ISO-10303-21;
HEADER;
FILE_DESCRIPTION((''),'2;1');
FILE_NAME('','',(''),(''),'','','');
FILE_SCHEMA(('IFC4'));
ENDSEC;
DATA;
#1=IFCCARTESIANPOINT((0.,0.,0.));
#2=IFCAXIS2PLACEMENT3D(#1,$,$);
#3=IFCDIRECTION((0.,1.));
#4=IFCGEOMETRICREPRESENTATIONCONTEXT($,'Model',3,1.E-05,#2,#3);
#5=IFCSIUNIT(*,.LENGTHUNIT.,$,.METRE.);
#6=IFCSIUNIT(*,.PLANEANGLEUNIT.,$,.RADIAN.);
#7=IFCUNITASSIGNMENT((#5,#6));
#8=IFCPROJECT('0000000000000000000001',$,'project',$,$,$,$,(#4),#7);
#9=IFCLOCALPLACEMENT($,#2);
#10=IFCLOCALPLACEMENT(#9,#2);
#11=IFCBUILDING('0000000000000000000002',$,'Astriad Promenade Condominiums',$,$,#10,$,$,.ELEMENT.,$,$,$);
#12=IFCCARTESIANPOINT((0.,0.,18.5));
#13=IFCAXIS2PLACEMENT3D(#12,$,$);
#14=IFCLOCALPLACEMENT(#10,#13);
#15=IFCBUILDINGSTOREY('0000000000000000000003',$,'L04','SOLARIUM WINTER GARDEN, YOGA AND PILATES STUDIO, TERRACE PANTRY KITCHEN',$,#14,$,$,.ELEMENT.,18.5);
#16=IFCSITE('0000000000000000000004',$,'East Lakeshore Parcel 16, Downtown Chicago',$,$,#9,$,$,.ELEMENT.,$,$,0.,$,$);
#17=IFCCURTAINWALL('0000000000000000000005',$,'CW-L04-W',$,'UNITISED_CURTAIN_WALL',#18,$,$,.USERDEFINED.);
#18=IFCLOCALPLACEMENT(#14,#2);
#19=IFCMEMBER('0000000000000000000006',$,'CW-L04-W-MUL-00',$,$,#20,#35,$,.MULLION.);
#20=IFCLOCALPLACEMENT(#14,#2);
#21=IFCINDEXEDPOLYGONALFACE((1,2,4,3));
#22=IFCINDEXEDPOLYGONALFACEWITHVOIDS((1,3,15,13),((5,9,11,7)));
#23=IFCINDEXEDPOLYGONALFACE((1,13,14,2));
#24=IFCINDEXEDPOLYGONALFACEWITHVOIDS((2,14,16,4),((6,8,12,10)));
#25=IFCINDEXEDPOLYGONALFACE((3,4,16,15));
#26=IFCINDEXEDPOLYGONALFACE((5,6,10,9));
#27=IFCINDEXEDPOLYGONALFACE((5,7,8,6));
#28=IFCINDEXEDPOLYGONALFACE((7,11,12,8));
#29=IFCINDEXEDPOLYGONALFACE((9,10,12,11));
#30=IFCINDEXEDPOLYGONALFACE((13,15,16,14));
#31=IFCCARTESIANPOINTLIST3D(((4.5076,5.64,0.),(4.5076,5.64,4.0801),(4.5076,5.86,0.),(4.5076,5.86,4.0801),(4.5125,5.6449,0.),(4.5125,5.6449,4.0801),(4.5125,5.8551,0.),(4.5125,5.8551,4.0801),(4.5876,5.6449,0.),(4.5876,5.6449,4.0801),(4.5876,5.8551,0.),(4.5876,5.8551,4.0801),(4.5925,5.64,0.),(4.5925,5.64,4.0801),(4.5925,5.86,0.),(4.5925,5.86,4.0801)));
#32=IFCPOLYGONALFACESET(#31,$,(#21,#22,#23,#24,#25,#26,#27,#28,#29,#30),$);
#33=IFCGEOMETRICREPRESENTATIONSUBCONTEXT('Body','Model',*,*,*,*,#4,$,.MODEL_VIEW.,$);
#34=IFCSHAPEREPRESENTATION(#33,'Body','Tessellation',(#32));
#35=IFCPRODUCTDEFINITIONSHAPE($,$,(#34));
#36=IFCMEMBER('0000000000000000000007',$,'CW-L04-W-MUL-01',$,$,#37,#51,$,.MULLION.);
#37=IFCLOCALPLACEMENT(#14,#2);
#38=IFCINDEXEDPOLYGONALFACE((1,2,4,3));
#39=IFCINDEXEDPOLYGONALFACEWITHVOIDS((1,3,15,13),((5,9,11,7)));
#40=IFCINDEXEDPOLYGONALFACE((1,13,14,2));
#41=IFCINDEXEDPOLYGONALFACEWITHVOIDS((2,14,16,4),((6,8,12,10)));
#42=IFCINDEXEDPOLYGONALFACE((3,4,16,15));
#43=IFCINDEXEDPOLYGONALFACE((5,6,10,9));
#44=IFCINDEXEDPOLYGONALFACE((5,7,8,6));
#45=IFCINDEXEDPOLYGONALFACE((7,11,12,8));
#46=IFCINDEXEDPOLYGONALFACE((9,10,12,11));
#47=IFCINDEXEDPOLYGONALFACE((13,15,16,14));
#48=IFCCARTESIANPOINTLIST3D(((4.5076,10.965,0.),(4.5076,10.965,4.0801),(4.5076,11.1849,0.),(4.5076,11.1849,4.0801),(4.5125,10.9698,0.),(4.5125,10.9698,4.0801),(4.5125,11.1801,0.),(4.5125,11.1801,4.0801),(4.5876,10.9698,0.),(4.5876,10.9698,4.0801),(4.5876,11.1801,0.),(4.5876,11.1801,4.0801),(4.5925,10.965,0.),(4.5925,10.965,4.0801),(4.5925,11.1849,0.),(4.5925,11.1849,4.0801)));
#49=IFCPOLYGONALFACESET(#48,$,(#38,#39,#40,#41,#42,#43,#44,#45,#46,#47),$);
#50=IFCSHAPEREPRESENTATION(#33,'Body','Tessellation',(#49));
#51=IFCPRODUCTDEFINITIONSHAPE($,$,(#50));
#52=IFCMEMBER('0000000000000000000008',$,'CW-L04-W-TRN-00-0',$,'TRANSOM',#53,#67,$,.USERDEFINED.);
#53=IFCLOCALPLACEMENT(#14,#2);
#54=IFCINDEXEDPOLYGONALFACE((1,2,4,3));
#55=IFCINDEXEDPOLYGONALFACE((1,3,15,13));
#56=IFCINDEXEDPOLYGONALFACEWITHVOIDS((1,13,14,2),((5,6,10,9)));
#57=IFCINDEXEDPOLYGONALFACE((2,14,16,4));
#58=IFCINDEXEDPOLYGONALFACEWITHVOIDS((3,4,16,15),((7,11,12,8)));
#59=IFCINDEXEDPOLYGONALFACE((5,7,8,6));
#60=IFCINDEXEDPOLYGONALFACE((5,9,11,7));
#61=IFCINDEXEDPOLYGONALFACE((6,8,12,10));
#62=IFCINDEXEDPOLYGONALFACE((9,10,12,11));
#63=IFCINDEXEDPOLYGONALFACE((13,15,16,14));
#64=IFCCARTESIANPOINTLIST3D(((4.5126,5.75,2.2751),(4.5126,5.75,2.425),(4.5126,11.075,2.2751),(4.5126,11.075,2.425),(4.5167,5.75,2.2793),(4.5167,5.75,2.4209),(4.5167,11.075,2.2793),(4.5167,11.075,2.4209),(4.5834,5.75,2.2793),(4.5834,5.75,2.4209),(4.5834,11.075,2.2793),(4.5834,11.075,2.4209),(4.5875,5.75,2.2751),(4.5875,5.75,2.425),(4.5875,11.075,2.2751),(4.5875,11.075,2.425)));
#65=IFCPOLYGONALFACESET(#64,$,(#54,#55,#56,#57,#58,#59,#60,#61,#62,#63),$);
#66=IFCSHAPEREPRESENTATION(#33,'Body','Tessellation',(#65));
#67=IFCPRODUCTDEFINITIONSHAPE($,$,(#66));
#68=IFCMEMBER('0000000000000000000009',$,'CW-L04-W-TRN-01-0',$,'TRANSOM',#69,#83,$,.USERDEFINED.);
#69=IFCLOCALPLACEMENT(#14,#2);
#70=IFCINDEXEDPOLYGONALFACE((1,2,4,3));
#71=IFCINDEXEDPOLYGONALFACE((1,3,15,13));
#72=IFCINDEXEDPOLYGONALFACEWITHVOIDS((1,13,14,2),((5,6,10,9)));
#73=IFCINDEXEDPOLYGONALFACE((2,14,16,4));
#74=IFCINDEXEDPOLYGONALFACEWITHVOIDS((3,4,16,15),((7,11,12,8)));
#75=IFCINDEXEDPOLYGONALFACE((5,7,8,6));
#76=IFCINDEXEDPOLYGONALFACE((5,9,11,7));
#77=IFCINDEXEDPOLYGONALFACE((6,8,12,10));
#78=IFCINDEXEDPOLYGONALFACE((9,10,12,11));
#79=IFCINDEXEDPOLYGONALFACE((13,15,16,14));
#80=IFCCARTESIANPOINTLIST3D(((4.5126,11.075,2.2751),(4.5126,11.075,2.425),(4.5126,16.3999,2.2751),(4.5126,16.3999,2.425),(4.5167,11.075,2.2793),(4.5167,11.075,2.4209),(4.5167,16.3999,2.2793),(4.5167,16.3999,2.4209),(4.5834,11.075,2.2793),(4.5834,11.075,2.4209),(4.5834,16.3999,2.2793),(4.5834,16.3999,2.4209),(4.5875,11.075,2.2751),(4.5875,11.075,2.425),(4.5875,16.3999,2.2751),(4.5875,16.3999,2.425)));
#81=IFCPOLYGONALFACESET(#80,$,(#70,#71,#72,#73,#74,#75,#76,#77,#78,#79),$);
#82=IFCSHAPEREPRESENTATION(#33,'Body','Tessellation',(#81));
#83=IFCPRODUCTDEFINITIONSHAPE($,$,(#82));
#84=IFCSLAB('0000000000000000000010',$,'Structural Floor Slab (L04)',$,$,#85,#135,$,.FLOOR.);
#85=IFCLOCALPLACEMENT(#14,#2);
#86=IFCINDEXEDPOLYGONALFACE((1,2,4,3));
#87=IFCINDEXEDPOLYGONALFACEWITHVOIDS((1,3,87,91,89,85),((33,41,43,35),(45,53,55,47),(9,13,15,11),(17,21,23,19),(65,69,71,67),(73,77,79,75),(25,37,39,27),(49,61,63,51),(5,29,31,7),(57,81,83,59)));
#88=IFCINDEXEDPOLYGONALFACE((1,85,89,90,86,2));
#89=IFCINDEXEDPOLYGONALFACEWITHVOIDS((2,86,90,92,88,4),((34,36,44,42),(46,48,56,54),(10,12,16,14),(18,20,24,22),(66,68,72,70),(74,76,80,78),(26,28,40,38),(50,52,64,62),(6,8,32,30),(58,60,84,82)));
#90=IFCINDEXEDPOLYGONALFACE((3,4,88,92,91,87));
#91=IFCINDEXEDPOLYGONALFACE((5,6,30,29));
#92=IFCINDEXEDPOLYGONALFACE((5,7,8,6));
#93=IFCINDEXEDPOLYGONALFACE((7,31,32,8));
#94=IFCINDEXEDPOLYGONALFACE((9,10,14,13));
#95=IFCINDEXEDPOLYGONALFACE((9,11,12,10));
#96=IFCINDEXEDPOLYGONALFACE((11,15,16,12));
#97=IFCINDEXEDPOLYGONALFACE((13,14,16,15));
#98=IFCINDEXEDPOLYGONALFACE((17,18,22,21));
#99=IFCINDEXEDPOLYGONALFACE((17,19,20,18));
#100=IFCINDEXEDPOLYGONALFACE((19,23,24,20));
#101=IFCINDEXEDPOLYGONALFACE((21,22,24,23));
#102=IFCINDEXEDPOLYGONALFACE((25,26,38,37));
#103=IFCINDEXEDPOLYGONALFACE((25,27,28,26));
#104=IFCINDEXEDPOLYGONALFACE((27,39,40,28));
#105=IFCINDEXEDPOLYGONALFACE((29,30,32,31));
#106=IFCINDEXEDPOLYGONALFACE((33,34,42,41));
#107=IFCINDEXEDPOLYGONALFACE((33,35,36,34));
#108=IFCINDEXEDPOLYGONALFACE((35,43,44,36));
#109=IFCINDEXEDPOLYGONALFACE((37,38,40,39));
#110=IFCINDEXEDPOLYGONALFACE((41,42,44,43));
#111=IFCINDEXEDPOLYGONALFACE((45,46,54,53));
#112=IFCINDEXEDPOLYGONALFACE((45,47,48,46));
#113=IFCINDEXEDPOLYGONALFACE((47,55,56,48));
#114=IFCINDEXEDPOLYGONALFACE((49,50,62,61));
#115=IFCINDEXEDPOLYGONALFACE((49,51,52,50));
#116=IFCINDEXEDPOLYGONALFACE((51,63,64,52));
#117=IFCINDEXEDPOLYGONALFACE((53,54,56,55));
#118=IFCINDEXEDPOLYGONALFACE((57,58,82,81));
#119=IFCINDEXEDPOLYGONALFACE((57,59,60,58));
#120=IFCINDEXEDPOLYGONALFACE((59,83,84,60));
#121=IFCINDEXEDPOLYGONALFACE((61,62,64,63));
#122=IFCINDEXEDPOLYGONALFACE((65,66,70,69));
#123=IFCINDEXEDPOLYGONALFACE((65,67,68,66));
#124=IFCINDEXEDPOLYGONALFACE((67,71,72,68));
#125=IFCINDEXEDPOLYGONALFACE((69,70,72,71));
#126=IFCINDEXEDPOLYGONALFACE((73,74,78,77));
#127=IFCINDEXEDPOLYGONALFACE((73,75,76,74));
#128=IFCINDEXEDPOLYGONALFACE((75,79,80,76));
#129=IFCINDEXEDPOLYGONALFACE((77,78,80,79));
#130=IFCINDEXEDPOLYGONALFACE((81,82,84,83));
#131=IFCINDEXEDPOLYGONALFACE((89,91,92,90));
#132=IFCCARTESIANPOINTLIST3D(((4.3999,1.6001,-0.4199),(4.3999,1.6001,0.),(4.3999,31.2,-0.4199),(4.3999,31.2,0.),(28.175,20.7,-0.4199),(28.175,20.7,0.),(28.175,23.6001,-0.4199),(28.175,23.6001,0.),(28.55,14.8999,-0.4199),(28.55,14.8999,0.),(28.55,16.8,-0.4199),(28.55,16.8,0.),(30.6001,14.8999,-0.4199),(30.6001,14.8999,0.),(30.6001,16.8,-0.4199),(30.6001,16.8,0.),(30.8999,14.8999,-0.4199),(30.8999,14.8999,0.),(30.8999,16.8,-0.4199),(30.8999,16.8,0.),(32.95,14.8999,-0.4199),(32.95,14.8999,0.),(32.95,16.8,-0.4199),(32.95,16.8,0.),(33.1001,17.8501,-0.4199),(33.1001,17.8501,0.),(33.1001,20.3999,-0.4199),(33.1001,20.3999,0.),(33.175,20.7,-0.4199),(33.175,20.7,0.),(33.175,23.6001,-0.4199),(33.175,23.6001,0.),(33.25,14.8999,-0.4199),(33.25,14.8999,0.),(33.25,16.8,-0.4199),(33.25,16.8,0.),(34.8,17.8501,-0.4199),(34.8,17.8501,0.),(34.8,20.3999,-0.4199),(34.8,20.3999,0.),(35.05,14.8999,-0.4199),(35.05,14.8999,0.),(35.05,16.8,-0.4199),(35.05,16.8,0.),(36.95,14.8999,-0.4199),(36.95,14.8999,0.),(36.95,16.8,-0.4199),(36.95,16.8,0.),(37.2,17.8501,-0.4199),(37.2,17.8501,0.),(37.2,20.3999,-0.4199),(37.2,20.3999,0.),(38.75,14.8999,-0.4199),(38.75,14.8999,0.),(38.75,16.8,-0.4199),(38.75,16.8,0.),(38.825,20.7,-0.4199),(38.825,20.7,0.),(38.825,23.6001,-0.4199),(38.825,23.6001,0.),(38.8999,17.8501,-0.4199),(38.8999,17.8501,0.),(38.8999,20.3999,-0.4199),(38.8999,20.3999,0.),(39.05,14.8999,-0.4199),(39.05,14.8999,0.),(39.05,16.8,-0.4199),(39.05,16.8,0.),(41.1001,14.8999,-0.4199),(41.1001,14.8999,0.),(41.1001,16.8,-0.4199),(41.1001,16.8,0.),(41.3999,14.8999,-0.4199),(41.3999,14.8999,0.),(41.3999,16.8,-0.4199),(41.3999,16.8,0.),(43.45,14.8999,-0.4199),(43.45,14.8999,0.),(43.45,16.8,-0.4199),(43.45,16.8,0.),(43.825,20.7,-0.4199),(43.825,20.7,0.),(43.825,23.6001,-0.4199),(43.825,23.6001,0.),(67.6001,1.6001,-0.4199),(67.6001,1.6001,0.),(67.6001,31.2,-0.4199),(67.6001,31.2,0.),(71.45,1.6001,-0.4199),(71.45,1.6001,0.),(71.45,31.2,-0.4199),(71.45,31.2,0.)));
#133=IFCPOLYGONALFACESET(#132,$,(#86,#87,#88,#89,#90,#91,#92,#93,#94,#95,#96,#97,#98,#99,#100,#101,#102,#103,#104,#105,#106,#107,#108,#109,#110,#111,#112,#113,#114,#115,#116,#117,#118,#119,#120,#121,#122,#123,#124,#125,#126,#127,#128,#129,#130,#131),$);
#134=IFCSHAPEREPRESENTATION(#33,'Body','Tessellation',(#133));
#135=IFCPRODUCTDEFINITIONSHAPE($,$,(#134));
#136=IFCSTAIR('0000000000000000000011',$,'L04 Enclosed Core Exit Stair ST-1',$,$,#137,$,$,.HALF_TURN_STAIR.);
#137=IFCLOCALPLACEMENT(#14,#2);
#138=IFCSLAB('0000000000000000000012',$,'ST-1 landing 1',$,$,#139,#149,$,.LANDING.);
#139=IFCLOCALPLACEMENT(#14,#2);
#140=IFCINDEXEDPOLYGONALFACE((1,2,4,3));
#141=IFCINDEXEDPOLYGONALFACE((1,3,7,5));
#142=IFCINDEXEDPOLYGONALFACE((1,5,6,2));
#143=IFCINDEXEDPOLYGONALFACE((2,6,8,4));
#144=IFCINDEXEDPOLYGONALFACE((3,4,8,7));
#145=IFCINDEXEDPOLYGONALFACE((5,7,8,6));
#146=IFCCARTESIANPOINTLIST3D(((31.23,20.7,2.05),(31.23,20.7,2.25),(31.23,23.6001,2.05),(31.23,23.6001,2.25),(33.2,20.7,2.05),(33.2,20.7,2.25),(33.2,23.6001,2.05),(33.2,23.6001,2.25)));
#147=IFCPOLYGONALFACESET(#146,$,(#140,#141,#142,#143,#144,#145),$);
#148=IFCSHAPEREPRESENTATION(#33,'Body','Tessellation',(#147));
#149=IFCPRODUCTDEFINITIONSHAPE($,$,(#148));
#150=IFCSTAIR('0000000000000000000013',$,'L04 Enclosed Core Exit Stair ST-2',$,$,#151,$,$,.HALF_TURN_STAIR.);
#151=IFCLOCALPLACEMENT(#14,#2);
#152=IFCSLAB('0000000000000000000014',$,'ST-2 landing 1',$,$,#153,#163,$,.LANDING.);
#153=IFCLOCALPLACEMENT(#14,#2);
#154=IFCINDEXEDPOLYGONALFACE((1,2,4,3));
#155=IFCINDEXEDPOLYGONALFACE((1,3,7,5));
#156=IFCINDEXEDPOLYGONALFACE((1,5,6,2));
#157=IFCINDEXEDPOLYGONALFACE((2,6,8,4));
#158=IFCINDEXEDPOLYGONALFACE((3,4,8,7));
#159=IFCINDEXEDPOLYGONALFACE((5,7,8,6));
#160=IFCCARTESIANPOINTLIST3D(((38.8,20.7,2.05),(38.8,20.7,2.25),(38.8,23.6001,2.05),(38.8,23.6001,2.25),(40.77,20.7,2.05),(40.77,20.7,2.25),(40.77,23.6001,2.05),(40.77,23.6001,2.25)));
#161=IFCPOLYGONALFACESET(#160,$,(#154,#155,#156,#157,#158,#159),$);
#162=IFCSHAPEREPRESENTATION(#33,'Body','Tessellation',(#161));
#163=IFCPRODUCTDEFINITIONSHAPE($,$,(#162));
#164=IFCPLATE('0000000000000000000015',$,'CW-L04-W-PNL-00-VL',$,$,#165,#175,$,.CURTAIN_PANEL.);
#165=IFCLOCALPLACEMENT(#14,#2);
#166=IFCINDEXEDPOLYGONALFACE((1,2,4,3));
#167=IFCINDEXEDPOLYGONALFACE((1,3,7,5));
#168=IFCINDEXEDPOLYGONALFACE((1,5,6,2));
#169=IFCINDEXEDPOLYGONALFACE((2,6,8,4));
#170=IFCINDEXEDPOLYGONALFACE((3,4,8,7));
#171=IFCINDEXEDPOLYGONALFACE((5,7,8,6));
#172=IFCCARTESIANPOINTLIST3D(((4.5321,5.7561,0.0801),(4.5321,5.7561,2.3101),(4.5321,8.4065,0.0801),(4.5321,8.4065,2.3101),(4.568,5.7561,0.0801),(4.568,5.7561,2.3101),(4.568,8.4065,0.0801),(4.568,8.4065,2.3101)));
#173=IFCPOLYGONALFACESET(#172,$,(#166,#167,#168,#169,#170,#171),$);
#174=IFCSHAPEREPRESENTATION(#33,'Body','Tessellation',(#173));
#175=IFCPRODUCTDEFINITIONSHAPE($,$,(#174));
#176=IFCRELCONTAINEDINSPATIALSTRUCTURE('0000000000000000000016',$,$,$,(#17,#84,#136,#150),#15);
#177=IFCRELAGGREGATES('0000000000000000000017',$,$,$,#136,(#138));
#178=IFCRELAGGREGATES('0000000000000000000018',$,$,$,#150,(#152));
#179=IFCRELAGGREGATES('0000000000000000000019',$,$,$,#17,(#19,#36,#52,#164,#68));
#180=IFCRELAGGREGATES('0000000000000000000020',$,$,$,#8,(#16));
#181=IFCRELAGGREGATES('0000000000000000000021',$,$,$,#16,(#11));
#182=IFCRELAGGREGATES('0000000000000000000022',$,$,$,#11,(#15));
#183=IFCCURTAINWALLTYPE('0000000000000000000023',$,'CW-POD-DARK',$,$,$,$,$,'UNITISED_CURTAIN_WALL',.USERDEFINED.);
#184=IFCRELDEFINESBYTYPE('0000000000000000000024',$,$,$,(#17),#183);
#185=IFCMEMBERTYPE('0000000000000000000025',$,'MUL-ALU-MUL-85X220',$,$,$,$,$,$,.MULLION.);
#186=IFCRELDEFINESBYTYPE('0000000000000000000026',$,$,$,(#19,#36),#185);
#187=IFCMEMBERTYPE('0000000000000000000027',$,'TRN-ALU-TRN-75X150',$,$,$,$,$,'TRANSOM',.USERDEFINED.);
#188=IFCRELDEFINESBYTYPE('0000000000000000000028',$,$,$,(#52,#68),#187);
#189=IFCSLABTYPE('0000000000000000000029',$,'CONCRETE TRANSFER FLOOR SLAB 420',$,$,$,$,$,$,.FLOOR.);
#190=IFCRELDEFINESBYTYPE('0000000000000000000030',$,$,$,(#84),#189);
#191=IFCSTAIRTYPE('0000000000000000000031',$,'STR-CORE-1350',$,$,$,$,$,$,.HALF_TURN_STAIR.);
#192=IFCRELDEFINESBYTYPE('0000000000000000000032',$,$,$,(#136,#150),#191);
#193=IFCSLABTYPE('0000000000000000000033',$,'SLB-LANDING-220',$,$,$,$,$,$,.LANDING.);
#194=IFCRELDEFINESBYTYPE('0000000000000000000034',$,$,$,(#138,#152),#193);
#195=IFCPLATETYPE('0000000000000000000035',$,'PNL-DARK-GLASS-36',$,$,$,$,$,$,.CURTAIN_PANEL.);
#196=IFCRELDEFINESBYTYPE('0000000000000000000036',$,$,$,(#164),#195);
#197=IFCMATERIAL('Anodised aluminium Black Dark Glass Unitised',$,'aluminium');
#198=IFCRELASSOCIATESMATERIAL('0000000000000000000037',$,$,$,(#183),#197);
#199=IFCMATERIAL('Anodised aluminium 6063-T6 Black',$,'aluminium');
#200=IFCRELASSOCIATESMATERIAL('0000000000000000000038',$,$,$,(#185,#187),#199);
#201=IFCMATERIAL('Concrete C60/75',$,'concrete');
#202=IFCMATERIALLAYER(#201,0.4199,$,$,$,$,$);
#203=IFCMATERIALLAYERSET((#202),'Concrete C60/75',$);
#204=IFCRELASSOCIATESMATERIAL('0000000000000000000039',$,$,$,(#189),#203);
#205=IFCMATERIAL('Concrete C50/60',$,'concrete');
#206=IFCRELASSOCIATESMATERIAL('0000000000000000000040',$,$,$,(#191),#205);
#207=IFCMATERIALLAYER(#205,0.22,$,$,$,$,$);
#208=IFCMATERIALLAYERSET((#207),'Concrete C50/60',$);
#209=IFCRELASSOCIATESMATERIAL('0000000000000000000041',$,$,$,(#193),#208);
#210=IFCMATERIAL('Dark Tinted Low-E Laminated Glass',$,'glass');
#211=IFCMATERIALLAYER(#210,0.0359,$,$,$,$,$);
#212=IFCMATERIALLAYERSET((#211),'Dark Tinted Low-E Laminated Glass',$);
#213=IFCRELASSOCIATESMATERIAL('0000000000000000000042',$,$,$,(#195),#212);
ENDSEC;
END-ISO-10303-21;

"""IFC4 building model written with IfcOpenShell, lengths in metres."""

from ifc_helpers import new_model, si_unit, direction, frame, origin, origin_2d, place, context, subcontext, project, spatial, polyline, rectangle, hollow_rectangle, outline, extrude, source, transform, mapped, material, layer, layer_set, material_profile, profile_set, type_object, type_shapes, element, aggregate, save


model = new_model("IFC4")

# Units and contexts
model_context = context("Model", 3, precision=1e-05, world=origin(), true_north=direction((0.0, 1.0)))
body_context = subcontext(model_context, "Body", "Model", "MODEL_VIEW")
ifc_project = project(units=[si_unit("LENGTHUNIT", "METRE"), si_unit("PLANEANGLEUNIT", "RADIAN")], contexts=[model_context])

# Site, building, storey
site_placement = place(None, origin())
site = spatial("IfcSite", under=ifc_project, at=site_placement, Name="East Lakeshore Parcel 16, Downtown Chicago", CompositionType="ELEMENT", RefElevation=0.0)
building_placement = place(site_placement, origin())
building = spatial("IfcBuilding", under=site, at=building_placement, Name="Astriad Promenade Condominiums", CompositionType="ELEMENT")
storey_placement = place(building_placement, frame((0.0, 0.0, 18.5)))
storey = spatial("IfcBuildingStorey", under=building, at=storey_placement, Name="L04", Description="SOLARIUM WINTER GARDEN, YOGA AND PILATES STUDIO, TERRACE PANTRY KITCHEN", CompositionType="ELEMENT", Elevation=18.5)

# Curtain wall, members
ifc_material_1 = material(Name="Anodised aluminium Black Dark Glass Unitised", Category="aluminium")
curtain_wall_type = type_object("IfcCurtainWallType", Name="CW-POD-DARK", ElementType="UNITISED_CURTAIN_WALL", PredefinedType="USERDEFINED", material=ifc_material_1)
curtain_wall_placement = place(storey_placement, origin())
curtain_wall = element("IfcCurtainWall", 1, at=curtain_wall_placement, inside=storey, type_object=curtain_wall_type, Name="CW-L04-W", ObjectType="UNITISED_CURTAIN_WALL", PredefinedType="USERDEFINED")
ifc_material_2 = material(Name="Anodised aluminium 6063-T6 Black", Category="aluminium")
ifc_material_profile_1 = material_profile(ifc_material_2, hollow_rectangle(XDim=0.085, YDim=0.22, WallThickness=0.0049, at=origin_2d()), Name="ALU-MUL-85X220")
ifc_profile_set_1 = profile_set([ifc_material_profile_1], Name="Anodised aluminium 6063-T6 Black")
member_type_1 = type_object("IfcMemberType", Name="MUL-ALU-MUL-85X220", PredefinedType="MULLION", material=ifc_profile_set_1)
shared_shape_1 = source(origin(), body_context, "Body", "SweptSolid", [
    extrude(hollow_rectangle(XDim=0.085, YDim=0.22, WallThickness=0.0049, at=origin_2d()), origin(), (0.0, 0.0, 1.0), 4.0801),
])
type_shapes(member_type_1, [shared_shape_1])
member_1_placement = place(storey_placement, frame((4.55, 5.75, 0.0), z_axis=(0.0, 0.0, 1.0), x_axis=(1.0, 0.0, 0.0)))
member_1 = element("IfcMember", 2, at=member_1_placement, type_object=member_type_1, Name="CW-L04-W-MUL-00", PredefinedType="MULLION", context=body_context, shape_type="MappedRepresentation", body=[
    mapped(shared_shape_1, transform((0.0, 0.0, 0.0), scale=1.0)),
])
member_2_placement = place(storey_placement, frame((4.55, 11.075, 0.0), z_axis=(0.0, 0.0, 1.0), x_axis=(1.0, 0.0, 0.0)))
member_2 = element("IfcMember", 3, at=member_2_placement, type_object=member_type_1, Name="CW-L04-W-MUL-01", PredefinedType="MULLION", context=body_context, shape_type="MappedRepresentation", body=[
    mapped(shared_shape_1, transform((0.0, 0.0, 0.0), scale=1.0)),
])
ifc_material_profile_2 = material_profile(ifc_material_2, hollow_rectangle(XDim=0.075, YDim=0.1499, WallThickness=0.0042, at=origin_2d()), Name="ALU-TRN-75X150")
ifc_profile_set_2 = profile_set([ifc_material_profile_2], Name="Anodised aluminium 6063-T6 Black")
member_type_2 = type_object("IfcMemberType", Name="TRN-ALU-TRN-75X150", ElementType="TRANSOM", PredefinedType="USERDEFINED", material=ifc_profile_set_2)
shared_shape_2 = source(origin(), body_context, "Body", "SweptSolid", [
    extrude(hollow_rectangle(XDim=0.075, YDim=0.1499, WallThickness=0.0042, at=origin_2d()), origin(), (0.0, 0.0, 1.0), 5.325),
])
type_shapes(member_type_2, [shared_shape_2])
member_3_placement = place(storey_placement, frame((4.55, 5.75, 2.3501), z_axis=(0.0, 1.0, 0.0), x_axis=(-1.0, 0.0, 0.0)))
member_3 = element("IfcMember", 4, at=member_3_placement, type_object=member_type_2, Name="CW-L04-W-TRN-00-0", ObjectType="TRANSOM", PredefinedType="USERDEFINED", context=body_context, shape_type="MappedRepresentation", body=[
    mapped(shared_shape_2, transform((0.0, 0.0, 0.0), scale=1.0)),
])
member_4_placement = place(storey_placement, frame((4.55, 11.075, 2.3501), z_axis=(0.0, 1.0, 0.0), x_axis=(-1.0, 0.0, 0.0)))
member_4 = element("IfcMember", 5, at=member_4_placement, type_object=member_type_2, Name="CW-L04-W-TRN-01-0", ObjectType="TRANSOM", PredefinedType="USERDEFINED", context=body_context, shape_type="MappedRepresentation", body=[
    mapped(shared_shape_2, transform((0.0, 0.0, 0.0), scale=1.0)),
])

# Slab
ifc_material_3 = material(Name="Concrete C60/75", Category="concrete")
ifc_layer_1 = layer(ifc_material_3, 0.4199)
ifc_layer_set_1 = layer_set([ifc_layer_1], Name="Concrete C60/75")
slab_type_1 = type_object("IfcSlabType", Name="CONCRETE TRANSFER FLOOR SLAB 420", PredefinedType="FLOOR", material=ifc_layer_set_1)
slab_1_placement = place(storey_placement, frame((0.0, 0.0, -0.4199)))
element("IfcSlab", 6, at=slab_1_placement, inside=storey, type_object=slab_type_1, Name="Structural Floor Slab (L04)", PredefinedType="FLOOR", context=body_context, shape_type="SweptSolid", body=[
    extrude(outline(polyline([(67.6001, 1.6001), (71.45, 1.6001), (71.45, 31.2), (67.6001, 31.2), (4.3999, 31.2), (4.3999, 1.6001), (67.6001, 1.6001)]), holes=[polyline([(28.175, 20.7), (33.175, 20.7), (33.175, 23.6001), (28.175, 23.6001), (28.175, 20.7)]), polyline([(38.825, 20.7), (43.825, 20.7), (43.825, 23.6001), (38.825, 23.6001), (38.825, 20.7)]), polyline([(33.1001, 17.8501), (34.8, 17.8501), (34.8, 20.3999), (33.1001, 20.3999), (33.1001, 17.8501)]), polyline([(37.2, 17.8501), (38.8999, 17.8501), (38.8999, 20.3999), (37.2, 20.3999), (37.2, 17.8501)]), polyline([(28.55, 14.8999), (30.6001, 14.8999), (30.6001, 16.8), (28.55, 16.8), (28.55, 14.8999)]), polyline([(30.8999, 14.8999), (32.95, 14.8999), (32.95, 16.8), (30.8999, 16.8), (30.8999, 14.8999)]), polyline([(33.25, 14.8999), (35.05, 14.8999), (35.05, 16.8), (33.25, 16.8), (33.25, 14.8999)]), polyline([(36.95, 14.8999), (38.75, 14.8999), (38.75, 16.8), (36.95, 16.8), (36.95, 14.8999)]), polyline([(39.05, 14.8999), (41.1001, 14.8999), (41.1001, 16.8), (39.05, 16.8), (39.05, 14.8999)]), polyline([(41.3999, 14.8999), (43.45, 14.8999), (43.45, 16.8), (41.3999, 16.8), (41.3999, 14.8999)])]), origin(), (0.0, 0.0, 1.0), 0.4199),
])

# Stairs, slabs
ifc_material_4 = material(Name="Concrete C50/60", Category="concrete")
stair_type = type_object("IfcStairType", Name="STR-CORE-1350", PredefinedType="HALF_TURN_STAIR", material=ifc_material_4)
stair_1_placement = place(storey_placement, origin())
stair_1 = element("IfcStair", 7, at=stair_1_placement, inside=storey, type_object=stair_type, Name="L04 Enclosed Core Exit Stair ST-1", PredefinedType="HALF_TURN_STAIR")
ifc_layer_2 = layer(ifc_material_4, 0.22)
ifc_layer_set_2 = layer_set([ifc_layer_2], Name="Concrete C50/60")
slab_type_2 = type_object("IfcSlabType", Name="SLB-LANDING-220", PredefinedType="LANDING", material=ifc_layer_set_2)
slab_2_placement = place(storey_placement, frame((0.0, 0.0, 2.05)))
slab_2 = element("IfcSlab", 8, at=slab_2_placement, type_object=slab_type_2, Name="ST-1 landing 1", PredefinedType="LANDING", context=body_context, shape_type="SweptSolid", body=[
    extrude(outline(polyline([(31.23, 20.7), (33.2, 20.7), (33.2, 23.6001), (31.23, 23.6001), (31.23, 20.7)])), origin(), (0.0, 0.0, 1.0), 0.2),
])
aggregate(stair_1, [slab_2])
stair_2_placement = place(storey_placement, origin())
stair_2 = element("IfcStair", 9, at=stair_2_placement, inside=storey, type_object=stair_type, Name="L04 Enclosed Core Exit Stair ST-2", PredefinedType="HALF_TURN_STAIR")
slab_3_placement = place(storey_placement, frame((0.0, 0.0, 2.05)))
slab_3 = element("IfcSlab", 10, at=slab_3_placement, type_object=slab_type_2, Name="ST-2 landing 1", PredefinedType="LANDING", context=body_context, shape_type="SweptSolid", body=[
    extrude(outline(polyline([(40.77, 23.6001), (38.8, 23.6001), (38.8, 20.7), (40.77, 20.7), (40.77, 23.6001)])), origin(), (0.0, 0.0, 1.0), 0.2),
])
aggregate(stair_2, [slab_3])

# Plate
ifc_material_5 = material(Name="Dark Tinted Low-E Laminated Glass", Category="glass")
ifc_layer_3 = layer(ifc_material_5, 0.0359)
ifc_layer_set_3 = layer_set([ifc_layer_3], Name="Dark Tinted Low-E Laminated Glass")
plate_type = type_object("IfcPlateType", Name="PNL-DARK-GLASS-36", PredefinedType="CURTAIN_PANEL", material=ifc_layer_set_3)
shared_shape_3 = source(origin(), body_context, "Body", "SweptSolid", [
    extrude(rectangle(XDim=2.6504, YDim=0.0359, at=origin_2d()), origin(), (0.0, 0.0, 1.0), 2.23),
])
plate_1_placement = place(storey_placement, frame((4.55, 7.0813, 0.0801), z_axis=(0.0, 0.0, 1.0), x_axis=(0.0, 1.0, 0.0)))
plate_1 = element("IfcPlate", 11, at=plate_1_placement, type_object=plate_type, Name="CW-L04-W-PNL-00-VL", PredefinedType="CURTAIN_PANEL", context=body_context, shape_type="MappedRepresentation", body=[
    mapped(shared_shape_3, transform((0.0, 0.0, 0.0), scale=1.0)),
])
aggregate(curtain_wall, [member_1, member_2, member_3, plate_1, member_4])

save(model, "model.ifc")
